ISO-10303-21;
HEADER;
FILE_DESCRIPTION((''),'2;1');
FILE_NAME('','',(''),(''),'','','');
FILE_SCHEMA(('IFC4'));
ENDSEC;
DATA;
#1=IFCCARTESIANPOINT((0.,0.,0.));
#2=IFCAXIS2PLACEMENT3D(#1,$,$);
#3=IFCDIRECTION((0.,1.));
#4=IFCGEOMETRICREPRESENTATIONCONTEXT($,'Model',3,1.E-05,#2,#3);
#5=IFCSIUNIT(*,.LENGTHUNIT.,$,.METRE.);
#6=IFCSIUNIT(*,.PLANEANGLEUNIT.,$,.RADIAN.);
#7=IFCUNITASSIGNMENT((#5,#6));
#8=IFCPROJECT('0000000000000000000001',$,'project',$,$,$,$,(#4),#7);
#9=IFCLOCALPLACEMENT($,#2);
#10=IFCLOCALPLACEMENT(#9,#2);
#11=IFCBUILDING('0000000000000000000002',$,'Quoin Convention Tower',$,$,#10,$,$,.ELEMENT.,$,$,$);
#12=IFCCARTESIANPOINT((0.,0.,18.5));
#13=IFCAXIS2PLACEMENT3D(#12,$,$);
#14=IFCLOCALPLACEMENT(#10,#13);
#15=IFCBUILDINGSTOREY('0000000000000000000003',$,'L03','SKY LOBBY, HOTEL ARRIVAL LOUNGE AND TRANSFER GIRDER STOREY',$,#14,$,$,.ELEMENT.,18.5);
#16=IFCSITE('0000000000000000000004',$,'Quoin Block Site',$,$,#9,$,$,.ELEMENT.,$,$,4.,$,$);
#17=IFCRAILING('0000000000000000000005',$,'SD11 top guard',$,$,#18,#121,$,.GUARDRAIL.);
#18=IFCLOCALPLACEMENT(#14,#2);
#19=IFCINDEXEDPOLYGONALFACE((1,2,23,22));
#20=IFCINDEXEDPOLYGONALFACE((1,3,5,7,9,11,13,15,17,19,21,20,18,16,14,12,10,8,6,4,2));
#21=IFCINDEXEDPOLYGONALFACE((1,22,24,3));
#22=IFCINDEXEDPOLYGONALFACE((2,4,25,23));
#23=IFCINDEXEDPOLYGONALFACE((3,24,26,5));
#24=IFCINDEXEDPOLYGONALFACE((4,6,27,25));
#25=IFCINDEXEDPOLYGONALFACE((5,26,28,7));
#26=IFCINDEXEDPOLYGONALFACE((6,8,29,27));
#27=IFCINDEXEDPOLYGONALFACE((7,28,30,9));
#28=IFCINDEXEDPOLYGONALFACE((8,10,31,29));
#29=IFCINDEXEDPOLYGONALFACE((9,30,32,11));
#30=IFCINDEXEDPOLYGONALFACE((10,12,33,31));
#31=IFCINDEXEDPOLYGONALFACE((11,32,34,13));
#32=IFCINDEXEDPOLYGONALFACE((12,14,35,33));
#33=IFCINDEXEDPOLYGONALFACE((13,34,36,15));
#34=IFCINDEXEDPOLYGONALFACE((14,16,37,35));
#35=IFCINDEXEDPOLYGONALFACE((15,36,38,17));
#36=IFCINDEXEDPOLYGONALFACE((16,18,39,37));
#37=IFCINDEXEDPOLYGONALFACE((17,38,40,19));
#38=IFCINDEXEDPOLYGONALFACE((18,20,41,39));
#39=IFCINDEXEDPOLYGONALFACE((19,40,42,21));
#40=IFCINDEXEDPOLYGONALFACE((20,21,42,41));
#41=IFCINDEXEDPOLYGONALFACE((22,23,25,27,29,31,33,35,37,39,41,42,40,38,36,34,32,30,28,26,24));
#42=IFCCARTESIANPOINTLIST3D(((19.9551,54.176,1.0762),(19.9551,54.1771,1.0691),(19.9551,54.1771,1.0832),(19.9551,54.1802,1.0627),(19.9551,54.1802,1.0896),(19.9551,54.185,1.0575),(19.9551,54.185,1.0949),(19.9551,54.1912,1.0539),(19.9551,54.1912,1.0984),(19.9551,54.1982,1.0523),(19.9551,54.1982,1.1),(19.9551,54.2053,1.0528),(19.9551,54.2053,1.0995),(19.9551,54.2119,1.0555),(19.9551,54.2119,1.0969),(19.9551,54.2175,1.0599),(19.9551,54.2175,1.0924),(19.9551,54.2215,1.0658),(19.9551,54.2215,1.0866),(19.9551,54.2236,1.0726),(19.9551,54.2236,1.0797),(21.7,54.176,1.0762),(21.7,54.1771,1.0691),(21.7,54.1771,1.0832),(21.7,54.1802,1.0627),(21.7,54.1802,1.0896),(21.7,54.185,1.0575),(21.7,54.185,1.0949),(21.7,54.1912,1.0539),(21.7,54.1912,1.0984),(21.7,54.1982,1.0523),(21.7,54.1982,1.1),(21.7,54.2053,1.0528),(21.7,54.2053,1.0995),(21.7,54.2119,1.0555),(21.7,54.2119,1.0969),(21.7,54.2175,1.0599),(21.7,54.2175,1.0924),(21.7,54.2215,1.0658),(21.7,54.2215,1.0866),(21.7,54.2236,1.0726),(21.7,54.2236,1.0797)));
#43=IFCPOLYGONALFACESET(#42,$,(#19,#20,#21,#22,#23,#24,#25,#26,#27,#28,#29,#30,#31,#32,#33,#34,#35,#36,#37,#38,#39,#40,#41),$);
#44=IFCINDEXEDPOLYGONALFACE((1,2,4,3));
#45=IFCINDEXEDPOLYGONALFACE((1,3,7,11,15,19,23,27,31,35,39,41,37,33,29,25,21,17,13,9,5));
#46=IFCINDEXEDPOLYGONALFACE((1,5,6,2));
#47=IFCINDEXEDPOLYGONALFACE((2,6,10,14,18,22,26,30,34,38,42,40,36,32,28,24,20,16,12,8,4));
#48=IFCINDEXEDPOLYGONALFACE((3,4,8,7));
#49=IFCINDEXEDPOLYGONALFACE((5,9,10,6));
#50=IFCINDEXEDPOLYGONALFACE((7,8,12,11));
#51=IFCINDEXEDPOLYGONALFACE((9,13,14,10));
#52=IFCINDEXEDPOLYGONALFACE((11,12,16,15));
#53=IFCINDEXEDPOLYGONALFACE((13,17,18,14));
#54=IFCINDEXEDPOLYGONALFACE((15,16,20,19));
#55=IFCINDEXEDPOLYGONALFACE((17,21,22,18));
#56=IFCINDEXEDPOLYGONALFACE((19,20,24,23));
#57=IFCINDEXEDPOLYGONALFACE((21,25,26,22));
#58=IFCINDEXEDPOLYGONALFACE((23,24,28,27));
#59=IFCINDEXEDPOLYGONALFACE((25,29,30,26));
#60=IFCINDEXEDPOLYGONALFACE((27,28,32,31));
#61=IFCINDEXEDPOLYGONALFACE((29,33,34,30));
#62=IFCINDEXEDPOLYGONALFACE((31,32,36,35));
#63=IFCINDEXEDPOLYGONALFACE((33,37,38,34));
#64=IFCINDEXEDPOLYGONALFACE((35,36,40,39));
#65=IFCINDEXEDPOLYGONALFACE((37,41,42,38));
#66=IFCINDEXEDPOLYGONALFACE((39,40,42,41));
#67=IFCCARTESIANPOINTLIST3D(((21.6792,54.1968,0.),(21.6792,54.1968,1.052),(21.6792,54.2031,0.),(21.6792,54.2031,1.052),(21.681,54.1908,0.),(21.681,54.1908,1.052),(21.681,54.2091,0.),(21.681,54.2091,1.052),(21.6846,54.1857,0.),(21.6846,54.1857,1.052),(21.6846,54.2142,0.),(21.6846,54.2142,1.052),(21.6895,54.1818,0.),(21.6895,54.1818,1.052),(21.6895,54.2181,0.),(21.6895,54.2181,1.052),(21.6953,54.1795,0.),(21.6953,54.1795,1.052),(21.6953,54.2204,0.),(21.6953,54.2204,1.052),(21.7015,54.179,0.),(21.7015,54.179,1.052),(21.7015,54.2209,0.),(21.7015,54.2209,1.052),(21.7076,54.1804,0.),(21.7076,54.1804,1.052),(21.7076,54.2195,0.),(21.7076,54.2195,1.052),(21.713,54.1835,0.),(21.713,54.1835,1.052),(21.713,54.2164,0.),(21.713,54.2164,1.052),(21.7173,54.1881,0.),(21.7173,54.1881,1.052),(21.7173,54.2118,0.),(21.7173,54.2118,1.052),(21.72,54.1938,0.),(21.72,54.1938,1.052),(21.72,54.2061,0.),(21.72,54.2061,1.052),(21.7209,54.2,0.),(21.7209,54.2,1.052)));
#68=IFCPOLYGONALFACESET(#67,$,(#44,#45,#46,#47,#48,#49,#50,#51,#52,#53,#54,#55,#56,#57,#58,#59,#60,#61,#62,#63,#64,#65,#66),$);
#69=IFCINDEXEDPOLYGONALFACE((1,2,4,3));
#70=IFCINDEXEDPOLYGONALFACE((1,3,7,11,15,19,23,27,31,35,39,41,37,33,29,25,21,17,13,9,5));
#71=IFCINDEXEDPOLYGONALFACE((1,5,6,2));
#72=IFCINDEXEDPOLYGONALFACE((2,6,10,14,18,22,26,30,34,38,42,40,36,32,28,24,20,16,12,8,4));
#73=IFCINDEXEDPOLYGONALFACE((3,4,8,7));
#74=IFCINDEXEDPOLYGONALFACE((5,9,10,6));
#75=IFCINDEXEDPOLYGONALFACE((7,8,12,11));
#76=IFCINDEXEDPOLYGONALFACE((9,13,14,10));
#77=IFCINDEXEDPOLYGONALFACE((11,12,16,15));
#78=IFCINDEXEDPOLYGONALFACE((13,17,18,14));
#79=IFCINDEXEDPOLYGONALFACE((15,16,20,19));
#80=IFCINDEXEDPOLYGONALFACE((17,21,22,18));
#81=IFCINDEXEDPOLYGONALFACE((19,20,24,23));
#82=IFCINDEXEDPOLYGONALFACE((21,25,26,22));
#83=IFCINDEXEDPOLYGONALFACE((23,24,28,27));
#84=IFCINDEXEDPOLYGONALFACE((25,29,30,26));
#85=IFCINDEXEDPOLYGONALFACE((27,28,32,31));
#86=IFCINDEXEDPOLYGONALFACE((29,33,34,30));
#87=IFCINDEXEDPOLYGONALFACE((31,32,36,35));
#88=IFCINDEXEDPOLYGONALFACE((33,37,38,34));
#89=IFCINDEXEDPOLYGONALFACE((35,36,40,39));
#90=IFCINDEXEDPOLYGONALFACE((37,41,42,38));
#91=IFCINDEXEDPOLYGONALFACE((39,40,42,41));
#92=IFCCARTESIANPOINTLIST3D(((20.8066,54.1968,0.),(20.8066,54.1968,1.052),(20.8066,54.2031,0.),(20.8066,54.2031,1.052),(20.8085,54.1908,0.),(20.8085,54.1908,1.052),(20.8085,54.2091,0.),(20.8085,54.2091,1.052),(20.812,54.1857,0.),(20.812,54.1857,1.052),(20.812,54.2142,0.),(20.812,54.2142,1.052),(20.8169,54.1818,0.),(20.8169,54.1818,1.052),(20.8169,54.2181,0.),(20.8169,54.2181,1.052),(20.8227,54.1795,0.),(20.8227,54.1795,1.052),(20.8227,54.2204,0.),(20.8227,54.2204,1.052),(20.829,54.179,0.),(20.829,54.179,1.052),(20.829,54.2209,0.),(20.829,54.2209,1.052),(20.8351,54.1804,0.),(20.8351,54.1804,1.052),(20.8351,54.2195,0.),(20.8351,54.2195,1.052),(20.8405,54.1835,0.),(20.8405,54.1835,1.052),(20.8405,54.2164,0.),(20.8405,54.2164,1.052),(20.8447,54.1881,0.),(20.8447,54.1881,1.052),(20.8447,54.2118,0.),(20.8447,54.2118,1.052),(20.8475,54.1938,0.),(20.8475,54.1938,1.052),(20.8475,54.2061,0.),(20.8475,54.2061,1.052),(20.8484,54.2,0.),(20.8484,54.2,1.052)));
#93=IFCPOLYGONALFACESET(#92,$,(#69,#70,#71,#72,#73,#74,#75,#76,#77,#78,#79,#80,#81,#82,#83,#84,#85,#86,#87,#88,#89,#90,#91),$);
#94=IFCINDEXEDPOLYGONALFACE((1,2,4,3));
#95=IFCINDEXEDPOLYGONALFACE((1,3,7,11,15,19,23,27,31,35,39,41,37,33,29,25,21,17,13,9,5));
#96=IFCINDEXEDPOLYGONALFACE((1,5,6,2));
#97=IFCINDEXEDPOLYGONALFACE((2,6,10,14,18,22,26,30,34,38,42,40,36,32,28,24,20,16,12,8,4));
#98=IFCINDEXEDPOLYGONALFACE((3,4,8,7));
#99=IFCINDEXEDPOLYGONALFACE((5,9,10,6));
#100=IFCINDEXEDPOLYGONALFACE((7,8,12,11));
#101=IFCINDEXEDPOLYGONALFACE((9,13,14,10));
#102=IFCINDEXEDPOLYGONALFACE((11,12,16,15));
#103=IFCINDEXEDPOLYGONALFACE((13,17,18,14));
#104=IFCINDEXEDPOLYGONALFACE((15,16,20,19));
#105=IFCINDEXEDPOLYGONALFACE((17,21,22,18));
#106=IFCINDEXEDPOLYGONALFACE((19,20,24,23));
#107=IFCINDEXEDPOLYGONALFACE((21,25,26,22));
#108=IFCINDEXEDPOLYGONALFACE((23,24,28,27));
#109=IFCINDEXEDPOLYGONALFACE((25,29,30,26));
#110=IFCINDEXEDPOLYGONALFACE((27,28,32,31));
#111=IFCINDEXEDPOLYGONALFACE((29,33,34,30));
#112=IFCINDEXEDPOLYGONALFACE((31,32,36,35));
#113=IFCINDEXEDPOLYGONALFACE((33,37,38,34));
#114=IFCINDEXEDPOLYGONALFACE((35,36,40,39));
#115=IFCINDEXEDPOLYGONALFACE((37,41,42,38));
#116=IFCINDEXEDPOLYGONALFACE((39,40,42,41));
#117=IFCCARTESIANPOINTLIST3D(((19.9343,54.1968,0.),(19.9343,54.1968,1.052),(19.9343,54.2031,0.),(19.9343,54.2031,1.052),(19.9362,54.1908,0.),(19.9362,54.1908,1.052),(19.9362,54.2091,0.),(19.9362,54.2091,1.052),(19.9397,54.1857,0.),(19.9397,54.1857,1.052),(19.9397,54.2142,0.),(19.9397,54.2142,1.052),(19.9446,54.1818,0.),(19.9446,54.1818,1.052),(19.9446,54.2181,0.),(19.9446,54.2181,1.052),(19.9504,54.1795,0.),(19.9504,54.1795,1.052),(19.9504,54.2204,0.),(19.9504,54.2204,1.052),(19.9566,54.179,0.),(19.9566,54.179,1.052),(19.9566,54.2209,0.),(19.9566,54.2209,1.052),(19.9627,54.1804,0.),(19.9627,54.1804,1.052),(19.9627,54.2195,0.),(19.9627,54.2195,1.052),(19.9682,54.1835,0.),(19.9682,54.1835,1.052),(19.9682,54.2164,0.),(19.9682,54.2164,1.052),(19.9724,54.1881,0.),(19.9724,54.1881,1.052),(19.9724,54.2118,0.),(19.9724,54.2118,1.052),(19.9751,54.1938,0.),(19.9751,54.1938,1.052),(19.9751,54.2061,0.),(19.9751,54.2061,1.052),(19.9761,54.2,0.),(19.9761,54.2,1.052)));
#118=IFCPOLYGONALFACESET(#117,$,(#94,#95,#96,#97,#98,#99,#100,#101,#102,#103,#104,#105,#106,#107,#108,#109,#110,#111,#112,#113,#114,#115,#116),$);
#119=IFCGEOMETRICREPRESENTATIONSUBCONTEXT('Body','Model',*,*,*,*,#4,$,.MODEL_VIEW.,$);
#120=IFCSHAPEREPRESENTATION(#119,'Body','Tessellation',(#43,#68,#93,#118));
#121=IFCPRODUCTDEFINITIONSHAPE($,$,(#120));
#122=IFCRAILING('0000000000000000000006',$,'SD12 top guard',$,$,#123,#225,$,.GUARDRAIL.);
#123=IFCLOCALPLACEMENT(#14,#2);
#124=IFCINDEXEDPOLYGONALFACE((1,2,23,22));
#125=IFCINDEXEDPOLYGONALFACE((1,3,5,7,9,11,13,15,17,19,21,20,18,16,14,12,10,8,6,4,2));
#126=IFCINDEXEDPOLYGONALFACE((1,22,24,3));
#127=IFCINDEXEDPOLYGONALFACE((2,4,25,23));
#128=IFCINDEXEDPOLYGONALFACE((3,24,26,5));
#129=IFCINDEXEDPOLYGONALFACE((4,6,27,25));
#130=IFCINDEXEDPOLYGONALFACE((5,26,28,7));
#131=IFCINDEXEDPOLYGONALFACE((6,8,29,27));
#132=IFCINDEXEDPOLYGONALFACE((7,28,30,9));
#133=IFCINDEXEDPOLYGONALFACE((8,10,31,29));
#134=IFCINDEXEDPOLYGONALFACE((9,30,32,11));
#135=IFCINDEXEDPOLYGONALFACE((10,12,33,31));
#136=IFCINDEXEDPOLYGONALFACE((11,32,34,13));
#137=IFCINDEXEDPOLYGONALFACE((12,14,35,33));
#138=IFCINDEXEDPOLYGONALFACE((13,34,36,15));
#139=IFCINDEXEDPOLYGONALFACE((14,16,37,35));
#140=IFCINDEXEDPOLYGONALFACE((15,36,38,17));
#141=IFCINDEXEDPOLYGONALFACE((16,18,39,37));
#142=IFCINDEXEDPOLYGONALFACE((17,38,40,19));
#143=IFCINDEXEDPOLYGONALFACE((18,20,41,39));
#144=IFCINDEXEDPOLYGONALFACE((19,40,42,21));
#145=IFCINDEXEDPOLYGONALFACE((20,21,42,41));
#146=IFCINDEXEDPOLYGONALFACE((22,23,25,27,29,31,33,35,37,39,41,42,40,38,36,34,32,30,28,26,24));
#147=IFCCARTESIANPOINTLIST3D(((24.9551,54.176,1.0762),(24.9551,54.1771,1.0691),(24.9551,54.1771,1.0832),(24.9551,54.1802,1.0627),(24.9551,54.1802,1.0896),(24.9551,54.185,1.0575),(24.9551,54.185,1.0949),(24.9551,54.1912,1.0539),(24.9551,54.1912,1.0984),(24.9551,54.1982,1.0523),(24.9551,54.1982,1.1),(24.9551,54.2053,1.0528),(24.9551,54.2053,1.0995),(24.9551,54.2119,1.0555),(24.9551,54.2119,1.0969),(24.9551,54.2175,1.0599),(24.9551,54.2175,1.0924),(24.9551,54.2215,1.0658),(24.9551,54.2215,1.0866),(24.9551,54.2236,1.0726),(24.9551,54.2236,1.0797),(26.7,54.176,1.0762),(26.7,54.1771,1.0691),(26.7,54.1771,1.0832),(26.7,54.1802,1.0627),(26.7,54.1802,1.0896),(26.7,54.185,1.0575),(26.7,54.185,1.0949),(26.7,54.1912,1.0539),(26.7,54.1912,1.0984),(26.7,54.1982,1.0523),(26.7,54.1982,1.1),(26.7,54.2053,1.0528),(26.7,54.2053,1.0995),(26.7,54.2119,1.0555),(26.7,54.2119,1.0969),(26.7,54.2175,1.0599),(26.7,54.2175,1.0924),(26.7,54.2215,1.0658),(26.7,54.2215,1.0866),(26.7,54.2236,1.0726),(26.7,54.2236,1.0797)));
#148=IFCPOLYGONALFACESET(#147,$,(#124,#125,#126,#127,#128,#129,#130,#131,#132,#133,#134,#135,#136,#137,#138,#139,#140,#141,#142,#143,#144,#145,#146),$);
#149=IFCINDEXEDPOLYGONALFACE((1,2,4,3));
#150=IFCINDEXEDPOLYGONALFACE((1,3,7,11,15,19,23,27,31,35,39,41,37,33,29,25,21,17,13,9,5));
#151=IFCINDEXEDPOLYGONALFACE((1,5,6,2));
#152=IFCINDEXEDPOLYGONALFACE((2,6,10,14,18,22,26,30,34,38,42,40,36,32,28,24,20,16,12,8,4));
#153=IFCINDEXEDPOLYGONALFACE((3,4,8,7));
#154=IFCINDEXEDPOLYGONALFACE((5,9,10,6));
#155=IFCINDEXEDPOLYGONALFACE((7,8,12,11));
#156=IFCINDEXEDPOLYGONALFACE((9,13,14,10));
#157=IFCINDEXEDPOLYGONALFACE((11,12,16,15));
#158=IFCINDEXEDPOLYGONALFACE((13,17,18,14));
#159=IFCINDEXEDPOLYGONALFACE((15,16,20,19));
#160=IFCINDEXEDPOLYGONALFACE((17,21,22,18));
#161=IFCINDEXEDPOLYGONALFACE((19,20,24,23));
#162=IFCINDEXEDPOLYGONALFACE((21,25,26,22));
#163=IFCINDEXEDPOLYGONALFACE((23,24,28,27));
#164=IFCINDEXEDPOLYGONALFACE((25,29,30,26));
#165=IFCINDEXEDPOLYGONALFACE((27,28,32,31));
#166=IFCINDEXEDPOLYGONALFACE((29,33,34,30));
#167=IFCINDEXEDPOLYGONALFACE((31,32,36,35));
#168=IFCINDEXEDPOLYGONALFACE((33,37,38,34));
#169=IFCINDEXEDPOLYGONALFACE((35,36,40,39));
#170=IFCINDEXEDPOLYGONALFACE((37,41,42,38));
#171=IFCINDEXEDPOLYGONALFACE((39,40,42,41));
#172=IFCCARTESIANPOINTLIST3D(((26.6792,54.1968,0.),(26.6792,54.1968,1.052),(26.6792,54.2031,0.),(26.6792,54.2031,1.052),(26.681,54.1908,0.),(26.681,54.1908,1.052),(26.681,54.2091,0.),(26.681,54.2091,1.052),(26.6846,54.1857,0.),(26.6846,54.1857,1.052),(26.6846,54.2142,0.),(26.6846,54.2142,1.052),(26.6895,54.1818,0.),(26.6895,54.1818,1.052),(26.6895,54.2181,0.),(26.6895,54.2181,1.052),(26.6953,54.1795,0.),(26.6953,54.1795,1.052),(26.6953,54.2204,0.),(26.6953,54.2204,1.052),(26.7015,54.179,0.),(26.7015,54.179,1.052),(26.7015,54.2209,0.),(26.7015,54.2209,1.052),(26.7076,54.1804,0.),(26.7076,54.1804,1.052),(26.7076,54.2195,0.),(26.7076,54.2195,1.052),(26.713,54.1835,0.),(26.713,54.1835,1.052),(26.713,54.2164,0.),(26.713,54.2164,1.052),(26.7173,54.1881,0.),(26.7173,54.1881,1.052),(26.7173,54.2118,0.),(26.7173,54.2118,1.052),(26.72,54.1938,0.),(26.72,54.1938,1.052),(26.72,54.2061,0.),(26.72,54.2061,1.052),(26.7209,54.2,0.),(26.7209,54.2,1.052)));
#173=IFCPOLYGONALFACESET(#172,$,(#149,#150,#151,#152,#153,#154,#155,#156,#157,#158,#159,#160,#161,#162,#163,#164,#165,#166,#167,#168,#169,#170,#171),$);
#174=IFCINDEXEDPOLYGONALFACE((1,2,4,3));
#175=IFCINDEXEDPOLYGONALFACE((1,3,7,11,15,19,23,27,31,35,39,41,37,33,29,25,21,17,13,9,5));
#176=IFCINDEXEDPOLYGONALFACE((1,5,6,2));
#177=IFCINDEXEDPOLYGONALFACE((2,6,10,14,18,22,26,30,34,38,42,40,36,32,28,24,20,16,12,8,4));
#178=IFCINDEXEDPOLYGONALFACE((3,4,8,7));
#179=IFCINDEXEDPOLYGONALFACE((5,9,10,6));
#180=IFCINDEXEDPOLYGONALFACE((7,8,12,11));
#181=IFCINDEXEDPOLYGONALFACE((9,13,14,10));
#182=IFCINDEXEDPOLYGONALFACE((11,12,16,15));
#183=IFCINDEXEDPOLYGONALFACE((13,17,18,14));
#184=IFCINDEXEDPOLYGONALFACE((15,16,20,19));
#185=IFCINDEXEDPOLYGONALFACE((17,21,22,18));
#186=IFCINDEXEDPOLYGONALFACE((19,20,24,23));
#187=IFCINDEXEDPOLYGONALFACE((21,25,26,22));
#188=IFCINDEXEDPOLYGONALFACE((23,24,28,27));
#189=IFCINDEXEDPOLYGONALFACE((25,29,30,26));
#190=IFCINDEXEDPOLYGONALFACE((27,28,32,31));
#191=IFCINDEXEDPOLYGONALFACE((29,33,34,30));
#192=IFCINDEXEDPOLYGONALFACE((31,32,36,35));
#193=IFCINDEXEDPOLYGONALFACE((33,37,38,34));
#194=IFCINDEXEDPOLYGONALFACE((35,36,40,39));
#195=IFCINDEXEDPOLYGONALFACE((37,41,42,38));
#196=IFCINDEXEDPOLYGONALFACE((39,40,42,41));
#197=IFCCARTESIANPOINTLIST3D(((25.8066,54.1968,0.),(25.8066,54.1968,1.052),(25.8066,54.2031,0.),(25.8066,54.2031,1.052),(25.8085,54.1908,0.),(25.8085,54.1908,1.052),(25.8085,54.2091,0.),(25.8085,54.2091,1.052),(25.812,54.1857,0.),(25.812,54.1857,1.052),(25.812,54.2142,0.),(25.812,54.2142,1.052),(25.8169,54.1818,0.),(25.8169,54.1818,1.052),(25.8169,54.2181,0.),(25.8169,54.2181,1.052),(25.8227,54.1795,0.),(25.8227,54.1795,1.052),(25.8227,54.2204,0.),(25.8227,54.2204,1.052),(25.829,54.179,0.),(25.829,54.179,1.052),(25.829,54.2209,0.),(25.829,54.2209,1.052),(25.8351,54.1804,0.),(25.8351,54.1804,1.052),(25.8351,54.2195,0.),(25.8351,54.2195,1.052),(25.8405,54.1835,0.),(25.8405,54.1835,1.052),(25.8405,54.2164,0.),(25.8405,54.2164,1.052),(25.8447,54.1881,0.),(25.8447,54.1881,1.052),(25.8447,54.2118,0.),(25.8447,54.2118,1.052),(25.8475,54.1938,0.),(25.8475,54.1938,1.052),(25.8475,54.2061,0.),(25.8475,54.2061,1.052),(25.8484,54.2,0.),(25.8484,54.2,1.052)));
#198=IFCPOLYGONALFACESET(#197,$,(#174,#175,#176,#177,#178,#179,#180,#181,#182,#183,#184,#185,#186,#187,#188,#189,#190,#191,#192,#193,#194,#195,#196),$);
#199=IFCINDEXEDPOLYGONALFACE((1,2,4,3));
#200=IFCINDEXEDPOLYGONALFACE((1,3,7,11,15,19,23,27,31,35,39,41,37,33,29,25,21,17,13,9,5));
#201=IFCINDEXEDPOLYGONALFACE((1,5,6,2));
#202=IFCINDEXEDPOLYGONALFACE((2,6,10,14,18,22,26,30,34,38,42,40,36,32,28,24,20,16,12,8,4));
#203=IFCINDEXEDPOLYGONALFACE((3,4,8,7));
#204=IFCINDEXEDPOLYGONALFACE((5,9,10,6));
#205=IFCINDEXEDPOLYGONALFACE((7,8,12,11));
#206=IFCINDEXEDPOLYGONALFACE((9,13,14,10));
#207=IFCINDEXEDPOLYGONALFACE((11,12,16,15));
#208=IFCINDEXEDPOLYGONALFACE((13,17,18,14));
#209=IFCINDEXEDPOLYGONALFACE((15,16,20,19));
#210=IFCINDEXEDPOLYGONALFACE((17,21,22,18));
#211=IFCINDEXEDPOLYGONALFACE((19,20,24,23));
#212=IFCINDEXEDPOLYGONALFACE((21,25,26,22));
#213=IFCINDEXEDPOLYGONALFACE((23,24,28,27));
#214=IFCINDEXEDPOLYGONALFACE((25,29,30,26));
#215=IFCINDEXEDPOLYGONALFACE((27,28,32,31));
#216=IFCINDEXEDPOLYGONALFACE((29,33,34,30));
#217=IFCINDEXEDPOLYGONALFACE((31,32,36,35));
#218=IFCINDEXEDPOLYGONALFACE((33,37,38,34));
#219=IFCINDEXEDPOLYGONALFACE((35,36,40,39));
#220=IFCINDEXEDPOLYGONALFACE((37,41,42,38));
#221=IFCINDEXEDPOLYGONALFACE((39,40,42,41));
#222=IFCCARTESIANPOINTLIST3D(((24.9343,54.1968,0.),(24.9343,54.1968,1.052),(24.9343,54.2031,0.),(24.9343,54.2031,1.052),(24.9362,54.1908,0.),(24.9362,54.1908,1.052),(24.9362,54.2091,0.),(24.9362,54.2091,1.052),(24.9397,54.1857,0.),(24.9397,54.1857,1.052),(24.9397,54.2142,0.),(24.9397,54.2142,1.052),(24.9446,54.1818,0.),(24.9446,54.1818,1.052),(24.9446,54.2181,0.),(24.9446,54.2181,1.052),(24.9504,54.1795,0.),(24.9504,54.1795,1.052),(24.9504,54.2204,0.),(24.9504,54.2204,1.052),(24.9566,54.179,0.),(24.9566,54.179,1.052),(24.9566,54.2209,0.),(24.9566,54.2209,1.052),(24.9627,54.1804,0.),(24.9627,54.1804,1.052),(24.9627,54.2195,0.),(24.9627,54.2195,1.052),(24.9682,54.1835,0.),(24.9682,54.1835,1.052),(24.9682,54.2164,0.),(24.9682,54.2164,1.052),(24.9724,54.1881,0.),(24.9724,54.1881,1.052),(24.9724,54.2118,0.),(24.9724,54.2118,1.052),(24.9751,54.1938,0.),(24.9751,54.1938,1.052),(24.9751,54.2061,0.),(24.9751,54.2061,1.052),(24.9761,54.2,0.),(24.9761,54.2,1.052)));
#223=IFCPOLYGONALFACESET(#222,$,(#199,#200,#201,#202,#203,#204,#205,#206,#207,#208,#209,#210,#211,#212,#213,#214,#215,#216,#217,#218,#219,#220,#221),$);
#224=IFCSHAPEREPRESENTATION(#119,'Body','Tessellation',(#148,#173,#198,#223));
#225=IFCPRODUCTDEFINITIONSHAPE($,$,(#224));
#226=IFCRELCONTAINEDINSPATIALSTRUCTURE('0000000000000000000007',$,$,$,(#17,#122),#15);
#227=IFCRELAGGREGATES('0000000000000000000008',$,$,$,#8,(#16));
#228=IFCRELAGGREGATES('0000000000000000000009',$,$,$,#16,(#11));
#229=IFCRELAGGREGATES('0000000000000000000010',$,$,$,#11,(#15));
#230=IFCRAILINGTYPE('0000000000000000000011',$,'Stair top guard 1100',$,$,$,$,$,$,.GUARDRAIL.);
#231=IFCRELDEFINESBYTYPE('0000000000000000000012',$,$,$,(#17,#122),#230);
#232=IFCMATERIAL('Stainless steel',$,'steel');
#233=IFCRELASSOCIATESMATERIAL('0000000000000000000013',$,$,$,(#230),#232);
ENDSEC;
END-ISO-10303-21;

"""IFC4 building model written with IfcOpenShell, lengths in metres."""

from ifc_helpers import new_model, si_unit, direction, frame, origin, origin_2d, place, context, subcontext, project, spatial, circle, extrude, material, type_object, element, save


model = new_model("IFC4")

# Units and contexts
model_context = context("Model", 3, precision=1e-05, world=origin(), true_north=direction((0.0, 1.0)))
body_context = subcontext(model_context, "Body", "Model", "MODEL_VIEW")
ifc_project = project(units=[si_unit("LENGTHUNIT", "METRE"), si_unit("PLANEANGLEUNIT", "RADIAN")], contexts=[model_context])

# Site, building, storey
site_placement = place(None, origin())
site = spatial("IfcSite", under=ifc_project, at=site_placement, Name="Quoin Block Site", CompositionType="ELEMENT", RefElevation=4.0)
building_placement = place(site_placement, origin())
building = spatial("IfcBuilding", under=site, at=building_placement, Name="Quoin Convention Tower", CompositionType="ELEMENT")
storey_placement = place(building_placement, frame((0.0, 0.0, 18.5)))
storey = spatial("IfcBuildingStorey", under=building, at=storey_placement, Name="L03", Description="SKY LOBBY, HOTEL ARRIVAL LOUNGE AND TRANSFER GIRDER STOREY", CompositionType="ELEMENT", Elevation=18.5)

# Railings
ifc_material_1 = material(Name="Stainless steel", Category="steel")
railing_type_1 = type_object("IfcRailingType", Name="Stair top guard 1100", PredefinedType="GUARDRAIL", material=ifc_material_1)
for number, where, name in (
    (1, (21.7, 54.2, 0.0), "SD11 top guard"),
    (2, (26.7, 54.2, 0.0), "SD12 top guard"),
):
    element("IfcRailing", number, at=place(storey_placement, frame(where)), inside=storey, type_object=railing_type_1, Name=name, PredefinedType="GUARDRAIL", context=body_context, shape_type="SweptSolid", body=[
        extrude(circle(Radius=0.0239, at=origin_2d()), frame((0.0, 0.0, 1.0762), z_axis=(-1.0, 0.0, 0.0), x_axis=(0.0, -1.0, 0.0)), (0.0, 0.0, 1.0), 1.7449),
        extrude(circle(Radius=0.021, at=origin_2d()), origin(), (0.0, 0.0, 1.0), 1.052),
        extrude(circle(Radius=0.021, at=origin_2d()), frame((-0.8726, 0.0, 0.0)), (0.0, 0.0, 1.0), 1.052),
        extrude(circle(Radius=0.021, at=origin_2d()), frame((-1.7449, 0.0, 0.0)), (0.0, 0.0, 1.0), 1.052),
    ])

save(model, "model.ifc")
